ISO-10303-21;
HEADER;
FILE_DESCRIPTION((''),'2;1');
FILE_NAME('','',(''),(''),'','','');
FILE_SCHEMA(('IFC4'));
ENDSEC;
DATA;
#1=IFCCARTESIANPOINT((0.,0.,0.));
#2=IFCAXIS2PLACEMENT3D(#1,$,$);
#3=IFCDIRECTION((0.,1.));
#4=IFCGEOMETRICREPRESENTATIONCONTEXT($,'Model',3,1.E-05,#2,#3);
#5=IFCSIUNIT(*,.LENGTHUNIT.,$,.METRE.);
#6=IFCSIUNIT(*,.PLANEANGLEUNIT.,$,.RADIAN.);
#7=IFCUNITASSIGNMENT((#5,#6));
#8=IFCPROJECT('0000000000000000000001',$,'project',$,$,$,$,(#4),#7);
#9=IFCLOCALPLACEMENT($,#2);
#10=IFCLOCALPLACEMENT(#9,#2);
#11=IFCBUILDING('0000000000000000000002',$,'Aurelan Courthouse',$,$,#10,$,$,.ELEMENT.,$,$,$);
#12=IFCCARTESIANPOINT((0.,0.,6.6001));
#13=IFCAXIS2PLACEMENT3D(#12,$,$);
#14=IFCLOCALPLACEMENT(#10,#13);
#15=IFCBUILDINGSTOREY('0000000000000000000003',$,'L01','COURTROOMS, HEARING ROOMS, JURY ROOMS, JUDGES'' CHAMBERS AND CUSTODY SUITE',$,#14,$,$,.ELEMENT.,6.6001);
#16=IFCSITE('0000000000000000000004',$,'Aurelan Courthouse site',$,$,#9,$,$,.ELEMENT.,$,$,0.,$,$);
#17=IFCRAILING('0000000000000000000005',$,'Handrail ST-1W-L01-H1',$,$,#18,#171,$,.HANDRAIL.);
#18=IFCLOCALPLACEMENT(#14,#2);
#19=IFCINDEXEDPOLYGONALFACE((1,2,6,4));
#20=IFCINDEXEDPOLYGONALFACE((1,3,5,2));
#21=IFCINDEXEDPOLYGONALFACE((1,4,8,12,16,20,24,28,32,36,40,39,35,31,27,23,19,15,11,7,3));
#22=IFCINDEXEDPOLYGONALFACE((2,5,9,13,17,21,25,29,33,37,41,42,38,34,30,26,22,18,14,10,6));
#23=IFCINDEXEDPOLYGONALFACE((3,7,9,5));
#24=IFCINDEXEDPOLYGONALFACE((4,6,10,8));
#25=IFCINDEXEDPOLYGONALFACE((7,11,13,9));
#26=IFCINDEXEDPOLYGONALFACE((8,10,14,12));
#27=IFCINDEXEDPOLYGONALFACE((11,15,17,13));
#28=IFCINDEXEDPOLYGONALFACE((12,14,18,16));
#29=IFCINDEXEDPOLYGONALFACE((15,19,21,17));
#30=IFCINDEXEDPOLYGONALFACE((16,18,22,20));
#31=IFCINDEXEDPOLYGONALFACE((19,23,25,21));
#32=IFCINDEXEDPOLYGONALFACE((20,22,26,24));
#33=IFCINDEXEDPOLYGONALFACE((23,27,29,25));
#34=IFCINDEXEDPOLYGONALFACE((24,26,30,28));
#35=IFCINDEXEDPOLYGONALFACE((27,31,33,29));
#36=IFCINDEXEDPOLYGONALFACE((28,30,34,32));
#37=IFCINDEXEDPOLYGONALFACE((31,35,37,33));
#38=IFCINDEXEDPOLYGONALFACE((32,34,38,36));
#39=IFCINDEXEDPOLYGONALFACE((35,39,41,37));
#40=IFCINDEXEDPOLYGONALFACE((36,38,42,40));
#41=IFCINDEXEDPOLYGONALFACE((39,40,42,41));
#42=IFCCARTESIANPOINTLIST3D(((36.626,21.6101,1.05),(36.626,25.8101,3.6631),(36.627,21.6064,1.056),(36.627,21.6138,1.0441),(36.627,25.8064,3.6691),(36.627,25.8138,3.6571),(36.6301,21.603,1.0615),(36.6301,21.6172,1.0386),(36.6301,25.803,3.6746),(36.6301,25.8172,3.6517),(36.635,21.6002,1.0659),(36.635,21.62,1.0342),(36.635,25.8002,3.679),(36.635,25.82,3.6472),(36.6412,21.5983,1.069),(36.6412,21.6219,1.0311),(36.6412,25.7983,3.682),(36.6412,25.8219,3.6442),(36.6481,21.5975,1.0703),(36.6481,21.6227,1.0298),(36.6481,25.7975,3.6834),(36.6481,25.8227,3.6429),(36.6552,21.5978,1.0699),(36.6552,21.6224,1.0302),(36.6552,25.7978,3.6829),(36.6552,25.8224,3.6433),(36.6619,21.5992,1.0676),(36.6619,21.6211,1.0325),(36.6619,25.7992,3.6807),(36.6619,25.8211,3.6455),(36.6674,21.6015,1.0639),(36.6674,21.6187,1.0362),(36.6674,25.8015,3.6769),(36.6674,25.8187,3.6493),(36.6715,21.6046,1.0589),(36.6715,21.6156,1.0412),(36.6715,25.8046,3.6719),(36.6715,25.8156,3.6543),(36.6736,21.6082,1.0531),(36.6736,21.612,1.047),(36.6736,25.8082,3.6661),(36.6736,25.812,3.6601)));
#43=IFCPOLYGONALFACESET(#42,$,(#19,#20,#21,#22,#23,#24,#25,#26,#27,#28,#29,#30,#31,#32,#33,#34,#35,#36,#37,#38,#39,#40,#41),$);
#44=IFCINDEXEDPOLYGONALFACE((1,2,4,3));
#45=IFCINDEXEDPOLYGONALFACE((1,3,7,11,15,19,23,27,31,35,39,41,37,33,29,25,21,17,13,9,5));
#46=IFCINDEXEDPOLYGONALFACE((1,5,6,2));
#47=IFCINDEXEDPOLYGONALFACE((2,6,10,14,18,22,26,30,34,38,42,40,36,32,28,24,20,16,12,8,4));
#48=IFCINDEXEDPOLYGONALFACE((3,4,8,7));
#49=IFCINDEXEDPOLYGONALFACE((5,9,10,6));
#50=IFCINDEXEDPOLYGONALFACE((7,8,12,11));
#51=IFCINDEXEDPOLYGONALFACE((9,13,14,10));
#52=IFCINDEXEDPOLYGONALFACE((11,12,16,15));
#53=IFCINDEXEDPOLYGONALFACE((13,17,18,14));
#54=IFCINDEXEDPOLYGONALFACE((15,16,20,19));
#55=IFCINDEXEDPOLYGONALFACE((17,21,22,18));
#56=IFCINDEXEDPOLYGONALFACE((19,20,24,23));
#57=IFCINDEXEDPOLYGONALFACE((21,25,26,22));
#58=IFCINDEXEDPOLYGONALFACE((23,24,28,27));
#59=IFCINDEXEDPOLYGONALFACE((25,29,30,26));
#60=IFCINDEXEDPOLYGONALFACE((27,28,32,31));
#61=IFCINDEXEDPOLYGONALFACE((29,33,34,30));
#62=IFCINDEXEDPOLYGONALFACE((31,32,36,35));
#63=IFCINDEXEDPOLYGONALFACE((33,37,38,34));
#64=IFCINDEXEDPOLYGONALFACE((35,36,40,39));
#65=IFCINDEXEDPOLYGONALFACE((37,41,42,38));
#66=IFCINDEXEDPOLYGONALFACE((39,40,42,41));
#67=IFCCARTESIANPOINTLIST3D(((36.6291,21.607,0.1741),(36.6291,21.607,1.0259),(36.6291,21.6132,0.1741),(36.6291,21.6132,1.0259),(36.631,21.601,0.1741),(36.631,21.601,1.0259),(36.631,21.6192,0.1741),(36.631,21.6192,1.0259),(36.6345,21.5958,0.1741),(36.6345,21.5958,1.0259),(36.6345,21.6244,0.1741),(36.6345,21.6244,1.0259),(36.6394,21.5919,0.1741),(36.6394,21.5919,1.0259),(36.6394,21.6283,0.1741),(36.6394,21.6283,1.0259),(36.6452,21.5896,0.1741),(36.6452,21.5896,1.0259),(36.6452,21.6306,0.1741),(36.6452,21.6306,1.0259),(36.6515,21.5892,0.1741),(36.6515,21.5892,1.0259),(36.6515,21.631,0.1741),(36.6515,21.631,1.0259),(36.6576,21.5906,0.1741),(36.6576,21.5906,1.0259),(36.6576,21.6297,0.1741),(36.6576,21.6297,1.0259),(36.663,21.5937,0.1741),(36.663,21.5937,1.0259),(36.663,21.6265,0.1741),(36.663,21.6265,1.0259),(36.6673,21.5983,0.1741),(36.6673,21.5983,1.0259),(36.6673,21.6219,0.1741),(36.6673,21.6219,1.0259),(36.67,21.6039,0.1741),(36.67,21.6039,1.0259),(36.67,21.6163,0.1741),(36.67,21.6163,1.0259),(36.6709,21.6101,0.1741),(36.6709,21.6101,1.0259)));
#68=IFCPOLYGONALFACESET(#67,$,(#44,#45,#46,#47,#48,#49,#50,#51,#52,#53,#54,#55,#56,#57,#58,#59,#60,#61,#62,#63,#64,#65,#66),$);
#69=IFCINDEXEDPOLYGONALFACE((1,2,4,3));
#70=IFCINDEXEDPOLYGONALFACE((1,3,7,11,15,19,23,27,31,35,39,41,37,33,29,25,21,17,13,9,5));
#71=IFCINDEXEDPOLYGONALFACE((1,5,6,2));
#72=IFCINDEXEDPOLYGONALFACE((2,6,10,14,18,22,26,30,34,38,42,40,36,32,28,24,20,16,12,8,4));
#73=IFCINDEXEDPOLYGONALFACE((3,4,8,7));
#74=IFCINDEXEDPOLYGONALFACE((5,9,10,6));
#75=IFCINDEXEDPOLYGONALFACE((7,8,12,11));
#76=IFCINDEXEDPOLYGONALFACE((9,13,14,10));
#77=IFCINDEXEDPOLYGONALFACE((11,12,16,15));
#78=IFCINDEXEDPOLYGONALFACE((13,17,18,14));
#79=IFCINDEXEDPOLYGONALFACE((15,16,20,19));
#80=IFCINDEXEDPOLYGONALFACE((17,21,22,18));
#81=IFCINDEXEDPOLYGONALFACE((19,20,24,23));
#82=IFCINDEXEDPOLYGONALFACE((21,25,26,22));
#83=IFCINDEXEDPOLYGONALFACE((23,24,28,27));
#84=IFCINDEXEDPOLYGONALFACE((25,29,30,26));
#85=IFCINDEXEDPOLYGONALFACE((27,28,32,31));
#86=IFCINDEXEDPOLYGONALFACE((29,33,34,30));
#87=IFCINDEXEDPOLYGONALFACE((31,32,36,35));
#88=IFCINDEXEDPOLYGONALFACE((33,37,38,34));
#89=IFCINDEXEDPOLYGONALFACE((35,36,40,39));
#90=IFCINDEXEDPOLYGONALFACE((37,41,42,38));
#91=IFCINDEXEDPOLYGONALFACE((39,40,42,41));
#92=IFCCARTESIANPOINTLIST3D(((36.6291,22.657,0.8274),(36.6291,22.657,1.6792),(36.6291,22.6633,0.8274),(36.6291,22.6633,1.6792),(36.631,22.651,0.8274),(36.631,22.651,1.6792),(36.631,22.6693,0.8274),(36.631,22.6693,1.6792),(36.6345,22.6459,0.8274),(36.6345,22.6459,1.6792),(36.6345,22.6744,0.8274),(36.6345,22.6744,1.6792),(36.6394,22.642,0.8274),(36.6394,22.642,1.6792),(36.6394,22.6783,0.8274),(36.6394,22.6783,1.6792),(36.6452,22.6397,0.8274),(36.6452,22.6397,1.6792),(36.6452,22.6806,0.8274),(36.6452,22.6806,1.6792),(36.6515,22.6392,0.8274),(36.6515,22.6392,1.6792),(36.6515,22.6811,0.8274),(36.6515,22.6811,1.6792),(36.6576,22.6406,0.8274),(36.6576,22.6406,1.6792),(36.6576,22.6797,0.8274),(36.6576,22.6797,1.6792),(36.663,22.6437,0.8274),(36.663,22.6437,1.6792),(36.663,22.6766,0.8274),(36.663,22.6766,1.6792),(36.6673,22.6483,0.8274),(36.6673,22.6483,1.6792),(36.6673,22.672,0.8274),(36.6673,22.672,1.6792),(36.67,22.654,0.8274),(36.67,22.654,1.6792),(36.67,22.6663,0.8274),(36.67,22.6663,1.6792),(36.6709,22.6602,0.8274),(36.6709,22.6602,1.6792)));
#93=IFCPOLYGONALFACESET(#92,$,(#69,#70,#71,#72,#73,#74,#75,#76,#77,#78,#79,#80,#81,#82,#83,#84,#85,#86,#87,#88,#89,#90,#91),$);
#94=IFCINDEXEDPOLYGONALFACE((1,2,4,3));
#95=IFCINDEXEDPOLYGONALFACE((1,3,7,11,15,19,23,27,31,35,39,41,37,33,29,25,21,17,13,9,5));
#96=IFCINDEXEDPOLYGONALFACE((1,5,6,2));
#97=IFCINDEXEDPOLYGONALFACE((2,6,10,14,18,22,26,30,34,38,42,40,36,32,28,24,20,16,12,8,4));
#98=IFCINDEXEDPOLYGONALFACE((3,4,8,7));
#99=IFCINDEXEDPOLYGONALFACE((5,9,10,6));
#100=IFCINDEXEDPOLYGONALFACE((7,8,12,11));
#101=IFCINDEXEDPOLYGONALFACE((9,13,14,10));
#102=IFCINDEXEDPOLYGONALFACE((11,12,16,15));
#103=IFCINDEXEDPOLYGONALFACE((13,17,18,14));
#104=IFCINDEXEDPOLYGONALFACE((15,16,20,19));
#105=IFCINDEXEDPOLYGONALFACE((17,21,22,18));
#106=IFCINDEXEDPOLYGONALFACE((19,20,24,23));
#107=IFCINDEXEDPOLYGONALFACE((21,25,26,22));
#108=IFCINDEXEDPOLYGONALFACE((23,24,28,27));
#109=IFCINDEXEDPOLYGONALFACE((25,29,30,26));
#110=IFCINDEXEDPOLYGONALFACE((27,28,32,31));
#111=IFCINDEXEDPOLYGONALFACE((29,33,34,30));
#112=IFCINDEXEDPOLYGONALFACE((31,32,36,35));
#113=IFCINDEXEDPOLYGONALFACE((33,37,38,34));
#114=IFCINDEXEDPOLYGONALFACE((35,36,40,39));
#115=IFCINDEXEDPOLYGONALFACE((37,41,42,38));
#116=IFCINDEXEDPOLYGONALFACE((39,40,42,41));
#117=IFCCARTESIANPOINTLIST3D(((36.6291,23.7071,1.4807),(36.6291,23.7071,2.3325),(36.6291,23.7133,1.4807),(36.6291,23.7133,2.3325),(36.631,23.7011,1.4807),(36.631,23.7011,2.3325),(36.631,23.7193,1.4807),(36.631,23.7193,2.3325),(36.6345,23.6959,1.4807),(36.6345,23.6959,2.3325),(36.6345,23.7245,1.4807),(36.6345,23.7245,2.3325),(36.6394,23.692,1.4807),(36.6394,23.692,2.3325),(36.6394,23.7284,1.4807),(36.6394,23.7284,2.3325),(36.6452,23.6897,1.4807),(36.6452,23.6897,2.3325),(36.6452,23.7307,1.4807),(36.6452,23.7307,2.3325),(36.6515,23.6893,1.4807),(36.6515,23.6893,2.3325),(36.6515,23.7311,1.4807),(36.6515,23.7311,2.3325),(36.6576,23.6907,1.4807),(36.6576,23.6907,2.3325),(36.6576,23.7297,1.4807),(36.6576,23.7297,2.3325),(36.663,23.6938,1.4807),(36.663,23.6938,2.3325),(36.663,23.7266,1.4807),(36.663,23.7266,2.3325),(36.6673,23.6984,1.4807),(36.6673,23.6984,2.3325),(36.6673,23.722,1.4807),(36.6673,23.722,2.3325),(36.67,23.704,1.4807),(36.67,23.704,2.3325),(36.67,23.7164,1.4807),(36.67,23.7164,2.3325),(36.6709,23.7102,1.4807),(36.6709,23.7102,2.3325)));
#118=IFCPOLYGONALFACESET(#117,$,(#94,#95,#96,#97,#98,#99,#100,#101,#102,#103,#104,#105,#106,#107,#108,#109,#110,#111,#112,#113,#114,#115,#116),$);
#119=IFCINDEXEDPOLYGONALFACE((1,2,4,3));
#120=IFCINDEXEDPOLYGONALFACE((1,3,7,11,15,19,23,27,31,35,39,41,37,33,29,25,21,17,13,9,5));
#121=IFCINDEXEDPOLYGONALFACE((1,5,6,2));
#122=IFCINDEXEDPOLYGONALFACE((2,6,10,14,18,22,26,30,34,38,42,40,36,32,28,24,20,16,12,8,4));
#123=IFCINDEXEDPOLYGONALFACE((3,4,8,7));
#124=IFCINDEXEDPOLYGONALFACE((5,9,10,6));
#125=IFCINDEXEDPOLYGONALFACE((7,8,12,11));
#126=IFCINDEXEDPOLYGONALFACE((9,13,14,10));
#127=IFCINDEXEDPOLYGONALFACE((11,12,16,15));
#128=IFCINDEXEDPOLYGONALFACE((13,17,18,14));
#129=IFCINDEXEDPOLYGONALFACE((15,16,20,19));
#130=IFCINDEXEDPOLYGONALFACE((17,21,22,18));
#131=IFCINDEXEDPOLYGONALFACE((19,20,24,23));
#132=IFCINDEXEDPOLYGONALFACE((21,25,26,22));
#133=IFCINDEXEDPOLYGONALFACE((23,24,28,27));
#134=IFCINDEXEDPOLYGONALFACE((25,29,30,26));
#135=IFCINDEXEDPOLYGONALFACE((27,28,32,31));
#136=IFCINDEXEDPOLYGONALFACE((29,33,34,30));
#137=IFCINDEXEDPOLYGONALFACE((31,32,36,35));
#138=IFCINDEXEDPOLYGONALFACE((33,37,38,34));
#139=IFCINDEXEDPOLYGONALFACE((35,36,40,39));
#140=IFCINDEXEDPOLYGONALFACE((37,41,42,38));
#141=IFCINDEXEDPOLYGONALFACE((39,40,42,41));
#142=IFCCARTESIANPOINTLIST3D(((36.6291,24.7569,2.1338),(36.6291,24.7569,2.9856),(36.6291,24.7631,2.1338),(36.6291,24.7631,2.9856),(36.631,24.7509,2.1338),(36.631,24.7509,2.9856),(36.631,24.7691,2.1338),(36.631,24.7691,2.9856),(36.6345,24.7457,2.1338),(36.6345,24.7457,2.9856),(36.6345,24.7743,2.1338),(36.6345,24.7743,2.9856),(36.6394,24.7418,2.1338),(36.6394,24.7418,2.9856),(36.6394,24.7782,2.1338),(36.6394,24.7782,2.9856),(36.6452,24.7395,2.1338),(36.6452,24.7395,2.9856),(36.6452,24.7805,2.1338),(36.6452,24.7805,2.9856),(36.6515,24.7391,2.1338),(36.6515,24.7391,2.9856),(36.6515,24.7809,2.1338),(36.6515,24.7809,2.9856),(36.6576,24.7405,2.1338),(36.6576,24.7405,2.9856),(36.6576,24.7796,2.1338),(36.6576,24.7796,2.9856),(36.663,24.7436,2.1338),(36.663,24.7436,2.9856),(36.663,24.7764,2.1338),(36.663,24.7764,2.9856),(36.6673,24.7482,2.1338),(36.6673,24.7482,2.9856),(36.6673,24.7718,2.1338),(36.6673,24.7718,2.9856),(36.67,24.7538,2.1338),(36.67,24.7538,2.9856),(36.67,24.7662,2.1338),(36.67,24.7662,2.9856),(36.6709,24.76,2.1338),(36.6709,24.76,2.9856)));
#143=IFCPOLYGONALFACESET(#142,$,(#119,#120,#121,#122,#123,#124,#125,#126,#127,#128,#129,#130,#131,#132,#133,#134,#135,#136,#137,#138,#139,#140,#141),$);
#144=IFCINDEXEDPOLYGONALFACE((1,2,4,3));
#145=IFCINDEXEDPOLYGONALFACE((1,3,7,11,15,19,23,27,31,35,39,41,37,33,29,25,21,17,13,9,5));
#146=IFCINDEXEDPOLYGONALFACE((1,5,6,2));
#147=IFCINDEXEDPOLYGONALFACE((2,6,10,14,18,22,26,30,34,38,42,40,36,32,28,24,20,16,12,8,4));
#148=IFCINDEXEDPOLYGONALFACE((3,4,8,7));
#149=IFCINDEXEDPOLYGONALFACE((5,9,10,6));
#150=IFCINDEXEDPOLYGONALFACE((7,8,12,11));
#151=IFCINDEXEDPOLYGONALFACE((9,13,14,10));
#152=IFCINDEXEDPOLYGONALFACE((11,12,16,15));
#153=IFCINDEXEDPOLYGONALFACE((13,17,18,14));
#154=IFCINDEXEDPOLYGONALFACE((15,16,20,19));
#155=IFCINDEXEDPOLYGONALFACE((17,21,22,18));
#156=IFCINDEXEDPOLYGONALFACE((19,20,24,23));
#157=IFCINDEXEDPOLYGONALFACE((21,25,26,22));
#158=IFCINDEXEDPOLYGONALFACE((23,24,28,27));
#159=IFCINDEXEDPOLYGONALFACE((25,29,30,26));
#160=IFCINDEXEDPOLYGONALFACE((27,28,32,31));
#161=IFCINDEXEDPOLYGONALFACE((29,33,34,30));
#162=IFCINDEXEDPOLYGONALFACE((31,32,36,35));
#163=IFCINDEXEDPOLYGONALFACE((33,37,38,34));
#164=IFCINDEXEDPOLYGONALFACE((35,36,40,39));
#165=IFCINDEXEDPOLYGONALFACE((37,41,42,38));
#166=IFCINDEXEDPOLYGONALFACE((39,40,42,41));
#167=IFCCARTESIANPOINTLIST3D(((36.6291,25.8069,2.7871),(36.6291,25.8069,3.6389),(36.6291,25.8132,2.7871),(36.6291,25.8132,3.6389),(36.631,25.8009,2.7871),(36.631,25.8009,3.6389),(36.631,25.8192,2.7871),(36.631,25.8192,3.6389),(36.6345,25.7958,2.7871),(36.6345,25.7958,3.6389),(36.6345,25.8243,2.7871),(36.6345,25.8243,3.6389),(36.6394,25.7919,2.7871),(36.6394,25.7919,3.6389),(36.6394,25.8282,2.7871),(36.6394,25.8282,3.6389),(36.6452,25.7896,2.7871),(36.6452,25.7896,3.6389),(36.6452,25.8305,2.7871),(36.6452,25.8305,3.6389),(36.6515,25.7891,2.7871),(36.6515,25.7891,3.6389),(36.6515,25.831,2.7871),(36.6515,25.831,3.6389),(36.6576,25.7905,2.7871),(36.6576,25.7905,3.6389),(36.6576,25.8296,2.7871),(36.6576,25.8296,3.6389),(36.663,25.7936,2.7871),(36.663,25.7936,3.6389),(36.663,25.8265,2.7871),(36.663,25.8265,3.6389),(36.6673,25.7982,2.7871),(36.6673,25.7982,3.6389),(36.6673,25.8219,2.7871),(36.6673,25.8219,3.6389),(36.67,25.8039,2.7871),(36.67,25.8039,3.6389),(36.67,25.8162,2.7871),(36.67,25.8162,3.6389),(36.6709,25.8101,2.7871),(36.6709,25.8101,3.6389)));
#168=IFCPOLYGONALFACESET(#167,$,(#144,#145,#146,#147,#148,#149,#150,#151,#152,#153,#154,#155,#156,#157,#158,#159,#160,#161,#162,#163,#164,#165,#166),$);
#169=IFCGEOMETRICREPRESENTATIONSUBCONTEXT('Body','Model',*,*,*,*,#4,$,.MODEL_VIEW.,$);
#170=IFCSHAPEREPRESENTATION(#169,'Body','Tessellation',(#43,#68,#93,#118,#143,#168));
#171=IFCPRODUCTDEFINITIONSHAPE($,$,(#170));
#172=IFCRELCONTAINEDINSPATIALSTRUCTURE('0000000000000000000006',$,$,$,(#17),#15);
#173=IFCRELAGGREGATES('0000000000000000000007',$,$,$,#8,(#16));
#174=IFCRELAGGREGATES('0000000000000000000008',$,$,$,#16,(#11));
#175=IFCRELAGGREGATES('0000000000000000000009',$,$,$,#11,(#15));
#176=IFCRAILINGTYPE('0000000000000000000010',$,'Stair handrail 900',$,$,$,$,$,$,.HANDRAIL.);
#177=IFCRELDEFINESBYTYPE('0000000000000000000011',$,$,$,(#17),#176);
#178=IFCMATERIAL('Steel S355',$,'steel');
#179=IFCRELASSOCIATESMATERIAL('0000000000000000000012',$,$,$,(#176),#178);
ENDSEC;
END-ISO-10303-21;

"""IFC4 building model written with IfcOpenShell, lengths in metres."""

from ifc_helpers import new_model, si_unit, direction, frame, origin, origin_2d, place, context, subcontext, project, spatial, circle, extrude, material, type_object, element, save


model = new_model("IFC4")

# Units and contexts
model_context = context("Model", 3, precision=1e-05, world=origin(), true_north=direction((0.0, 1.0)))
body_context = subcontext(model_context, "Body", "Model", "MODEL_VIEW")
ifc_project = project(units=[si_unit("LENGTHUNIT", "METRE"), si_unit("PLANEANGLEUNIT", "RADIAN")], contexts=[model_context])

# Site, building, storey
site_placement = place(None, origin())
site = spatial("IfcSite", under=ifc_project, at=site_placement, Name="Aurelan Courthouse site", CompositionType="ELEMENT", RefElevation=0.0)
building_placement = place(site_placement, origin())
building = spatial("IfcBuilding", under=site, at=building_placement, Name="Aurelan Courthouse", CompositionType="ELEMENT")
storey_placement = place(building_placement, frame((0.0, 0.0, 6.6001)))
storey = spatial("IfcBuildingStorey", under=building, at=storey_placement, Name="L01", Description="COURTROOMS, HEARING ROOMS, JURY ROOMS, JUDGES' CHAMBERS AND CUSTODY SUITE", CompositionType="ELEMENT", Elevation=6.6001)

# Railing
ifc_material_1 = material(Name="Steel S355", Category="steel")
railing_type_1 = type_object("IfcRailingType", Name="Stair handrail 900", PredefinedType="HANDRAIL", material=ifc_material_1)
for number, where, name in (
    (1, (36.6499, 21.6101, 0.1741), "Handrail ST-1W-L01-H1"),
):
    element("IfcRailing", number, at=place(storey_placement, frame(where)), inside=storey, type_object=railing_type_1, Name=name, PredefinedType="HANDRAIL", context=body_context, shape_type="SweptSolid", body=[
        extrude(circle(Radius=0.0239, at=origin_2d()), frame((0.0, 0.0, 0.876), z_axis=(0.0, 0.849081, 0.528263), x_axis=(-1.0, 0.0, 0.0)), (0.0, 0.0, 1.0), 4.9465),
        extrude(circle(Radius=0.021, at=origin_2d()), origin(), (0.0, 0.0, 1.0), 0.8518),
        extrude(circle(Radius=0.021, at=origin_2d()), frame((0.0, 1.05, 0.6533)), (0.0, 0.0, 1.0), 0.8518),
        extrude(circle(Radius=0.021, at=origin_2d()), frame((0.0, 2.1001, 1.3066)), (0.0, 0.0, 1.0), 0.8518),
        extrude(circle(Radius=0.021, at=origin_2d()), frame((0.0, 3.1499, 1.9597)), (0.0, 0.0, 1.0), 0.8518),
        extrude(circle(Radius=0.021, at=origin_2d()), frame((0.0, 4.2, 2.613)), (0.0, 0.0, 1.0), 0.8518),
    ])

save(model, "model.ifc")
